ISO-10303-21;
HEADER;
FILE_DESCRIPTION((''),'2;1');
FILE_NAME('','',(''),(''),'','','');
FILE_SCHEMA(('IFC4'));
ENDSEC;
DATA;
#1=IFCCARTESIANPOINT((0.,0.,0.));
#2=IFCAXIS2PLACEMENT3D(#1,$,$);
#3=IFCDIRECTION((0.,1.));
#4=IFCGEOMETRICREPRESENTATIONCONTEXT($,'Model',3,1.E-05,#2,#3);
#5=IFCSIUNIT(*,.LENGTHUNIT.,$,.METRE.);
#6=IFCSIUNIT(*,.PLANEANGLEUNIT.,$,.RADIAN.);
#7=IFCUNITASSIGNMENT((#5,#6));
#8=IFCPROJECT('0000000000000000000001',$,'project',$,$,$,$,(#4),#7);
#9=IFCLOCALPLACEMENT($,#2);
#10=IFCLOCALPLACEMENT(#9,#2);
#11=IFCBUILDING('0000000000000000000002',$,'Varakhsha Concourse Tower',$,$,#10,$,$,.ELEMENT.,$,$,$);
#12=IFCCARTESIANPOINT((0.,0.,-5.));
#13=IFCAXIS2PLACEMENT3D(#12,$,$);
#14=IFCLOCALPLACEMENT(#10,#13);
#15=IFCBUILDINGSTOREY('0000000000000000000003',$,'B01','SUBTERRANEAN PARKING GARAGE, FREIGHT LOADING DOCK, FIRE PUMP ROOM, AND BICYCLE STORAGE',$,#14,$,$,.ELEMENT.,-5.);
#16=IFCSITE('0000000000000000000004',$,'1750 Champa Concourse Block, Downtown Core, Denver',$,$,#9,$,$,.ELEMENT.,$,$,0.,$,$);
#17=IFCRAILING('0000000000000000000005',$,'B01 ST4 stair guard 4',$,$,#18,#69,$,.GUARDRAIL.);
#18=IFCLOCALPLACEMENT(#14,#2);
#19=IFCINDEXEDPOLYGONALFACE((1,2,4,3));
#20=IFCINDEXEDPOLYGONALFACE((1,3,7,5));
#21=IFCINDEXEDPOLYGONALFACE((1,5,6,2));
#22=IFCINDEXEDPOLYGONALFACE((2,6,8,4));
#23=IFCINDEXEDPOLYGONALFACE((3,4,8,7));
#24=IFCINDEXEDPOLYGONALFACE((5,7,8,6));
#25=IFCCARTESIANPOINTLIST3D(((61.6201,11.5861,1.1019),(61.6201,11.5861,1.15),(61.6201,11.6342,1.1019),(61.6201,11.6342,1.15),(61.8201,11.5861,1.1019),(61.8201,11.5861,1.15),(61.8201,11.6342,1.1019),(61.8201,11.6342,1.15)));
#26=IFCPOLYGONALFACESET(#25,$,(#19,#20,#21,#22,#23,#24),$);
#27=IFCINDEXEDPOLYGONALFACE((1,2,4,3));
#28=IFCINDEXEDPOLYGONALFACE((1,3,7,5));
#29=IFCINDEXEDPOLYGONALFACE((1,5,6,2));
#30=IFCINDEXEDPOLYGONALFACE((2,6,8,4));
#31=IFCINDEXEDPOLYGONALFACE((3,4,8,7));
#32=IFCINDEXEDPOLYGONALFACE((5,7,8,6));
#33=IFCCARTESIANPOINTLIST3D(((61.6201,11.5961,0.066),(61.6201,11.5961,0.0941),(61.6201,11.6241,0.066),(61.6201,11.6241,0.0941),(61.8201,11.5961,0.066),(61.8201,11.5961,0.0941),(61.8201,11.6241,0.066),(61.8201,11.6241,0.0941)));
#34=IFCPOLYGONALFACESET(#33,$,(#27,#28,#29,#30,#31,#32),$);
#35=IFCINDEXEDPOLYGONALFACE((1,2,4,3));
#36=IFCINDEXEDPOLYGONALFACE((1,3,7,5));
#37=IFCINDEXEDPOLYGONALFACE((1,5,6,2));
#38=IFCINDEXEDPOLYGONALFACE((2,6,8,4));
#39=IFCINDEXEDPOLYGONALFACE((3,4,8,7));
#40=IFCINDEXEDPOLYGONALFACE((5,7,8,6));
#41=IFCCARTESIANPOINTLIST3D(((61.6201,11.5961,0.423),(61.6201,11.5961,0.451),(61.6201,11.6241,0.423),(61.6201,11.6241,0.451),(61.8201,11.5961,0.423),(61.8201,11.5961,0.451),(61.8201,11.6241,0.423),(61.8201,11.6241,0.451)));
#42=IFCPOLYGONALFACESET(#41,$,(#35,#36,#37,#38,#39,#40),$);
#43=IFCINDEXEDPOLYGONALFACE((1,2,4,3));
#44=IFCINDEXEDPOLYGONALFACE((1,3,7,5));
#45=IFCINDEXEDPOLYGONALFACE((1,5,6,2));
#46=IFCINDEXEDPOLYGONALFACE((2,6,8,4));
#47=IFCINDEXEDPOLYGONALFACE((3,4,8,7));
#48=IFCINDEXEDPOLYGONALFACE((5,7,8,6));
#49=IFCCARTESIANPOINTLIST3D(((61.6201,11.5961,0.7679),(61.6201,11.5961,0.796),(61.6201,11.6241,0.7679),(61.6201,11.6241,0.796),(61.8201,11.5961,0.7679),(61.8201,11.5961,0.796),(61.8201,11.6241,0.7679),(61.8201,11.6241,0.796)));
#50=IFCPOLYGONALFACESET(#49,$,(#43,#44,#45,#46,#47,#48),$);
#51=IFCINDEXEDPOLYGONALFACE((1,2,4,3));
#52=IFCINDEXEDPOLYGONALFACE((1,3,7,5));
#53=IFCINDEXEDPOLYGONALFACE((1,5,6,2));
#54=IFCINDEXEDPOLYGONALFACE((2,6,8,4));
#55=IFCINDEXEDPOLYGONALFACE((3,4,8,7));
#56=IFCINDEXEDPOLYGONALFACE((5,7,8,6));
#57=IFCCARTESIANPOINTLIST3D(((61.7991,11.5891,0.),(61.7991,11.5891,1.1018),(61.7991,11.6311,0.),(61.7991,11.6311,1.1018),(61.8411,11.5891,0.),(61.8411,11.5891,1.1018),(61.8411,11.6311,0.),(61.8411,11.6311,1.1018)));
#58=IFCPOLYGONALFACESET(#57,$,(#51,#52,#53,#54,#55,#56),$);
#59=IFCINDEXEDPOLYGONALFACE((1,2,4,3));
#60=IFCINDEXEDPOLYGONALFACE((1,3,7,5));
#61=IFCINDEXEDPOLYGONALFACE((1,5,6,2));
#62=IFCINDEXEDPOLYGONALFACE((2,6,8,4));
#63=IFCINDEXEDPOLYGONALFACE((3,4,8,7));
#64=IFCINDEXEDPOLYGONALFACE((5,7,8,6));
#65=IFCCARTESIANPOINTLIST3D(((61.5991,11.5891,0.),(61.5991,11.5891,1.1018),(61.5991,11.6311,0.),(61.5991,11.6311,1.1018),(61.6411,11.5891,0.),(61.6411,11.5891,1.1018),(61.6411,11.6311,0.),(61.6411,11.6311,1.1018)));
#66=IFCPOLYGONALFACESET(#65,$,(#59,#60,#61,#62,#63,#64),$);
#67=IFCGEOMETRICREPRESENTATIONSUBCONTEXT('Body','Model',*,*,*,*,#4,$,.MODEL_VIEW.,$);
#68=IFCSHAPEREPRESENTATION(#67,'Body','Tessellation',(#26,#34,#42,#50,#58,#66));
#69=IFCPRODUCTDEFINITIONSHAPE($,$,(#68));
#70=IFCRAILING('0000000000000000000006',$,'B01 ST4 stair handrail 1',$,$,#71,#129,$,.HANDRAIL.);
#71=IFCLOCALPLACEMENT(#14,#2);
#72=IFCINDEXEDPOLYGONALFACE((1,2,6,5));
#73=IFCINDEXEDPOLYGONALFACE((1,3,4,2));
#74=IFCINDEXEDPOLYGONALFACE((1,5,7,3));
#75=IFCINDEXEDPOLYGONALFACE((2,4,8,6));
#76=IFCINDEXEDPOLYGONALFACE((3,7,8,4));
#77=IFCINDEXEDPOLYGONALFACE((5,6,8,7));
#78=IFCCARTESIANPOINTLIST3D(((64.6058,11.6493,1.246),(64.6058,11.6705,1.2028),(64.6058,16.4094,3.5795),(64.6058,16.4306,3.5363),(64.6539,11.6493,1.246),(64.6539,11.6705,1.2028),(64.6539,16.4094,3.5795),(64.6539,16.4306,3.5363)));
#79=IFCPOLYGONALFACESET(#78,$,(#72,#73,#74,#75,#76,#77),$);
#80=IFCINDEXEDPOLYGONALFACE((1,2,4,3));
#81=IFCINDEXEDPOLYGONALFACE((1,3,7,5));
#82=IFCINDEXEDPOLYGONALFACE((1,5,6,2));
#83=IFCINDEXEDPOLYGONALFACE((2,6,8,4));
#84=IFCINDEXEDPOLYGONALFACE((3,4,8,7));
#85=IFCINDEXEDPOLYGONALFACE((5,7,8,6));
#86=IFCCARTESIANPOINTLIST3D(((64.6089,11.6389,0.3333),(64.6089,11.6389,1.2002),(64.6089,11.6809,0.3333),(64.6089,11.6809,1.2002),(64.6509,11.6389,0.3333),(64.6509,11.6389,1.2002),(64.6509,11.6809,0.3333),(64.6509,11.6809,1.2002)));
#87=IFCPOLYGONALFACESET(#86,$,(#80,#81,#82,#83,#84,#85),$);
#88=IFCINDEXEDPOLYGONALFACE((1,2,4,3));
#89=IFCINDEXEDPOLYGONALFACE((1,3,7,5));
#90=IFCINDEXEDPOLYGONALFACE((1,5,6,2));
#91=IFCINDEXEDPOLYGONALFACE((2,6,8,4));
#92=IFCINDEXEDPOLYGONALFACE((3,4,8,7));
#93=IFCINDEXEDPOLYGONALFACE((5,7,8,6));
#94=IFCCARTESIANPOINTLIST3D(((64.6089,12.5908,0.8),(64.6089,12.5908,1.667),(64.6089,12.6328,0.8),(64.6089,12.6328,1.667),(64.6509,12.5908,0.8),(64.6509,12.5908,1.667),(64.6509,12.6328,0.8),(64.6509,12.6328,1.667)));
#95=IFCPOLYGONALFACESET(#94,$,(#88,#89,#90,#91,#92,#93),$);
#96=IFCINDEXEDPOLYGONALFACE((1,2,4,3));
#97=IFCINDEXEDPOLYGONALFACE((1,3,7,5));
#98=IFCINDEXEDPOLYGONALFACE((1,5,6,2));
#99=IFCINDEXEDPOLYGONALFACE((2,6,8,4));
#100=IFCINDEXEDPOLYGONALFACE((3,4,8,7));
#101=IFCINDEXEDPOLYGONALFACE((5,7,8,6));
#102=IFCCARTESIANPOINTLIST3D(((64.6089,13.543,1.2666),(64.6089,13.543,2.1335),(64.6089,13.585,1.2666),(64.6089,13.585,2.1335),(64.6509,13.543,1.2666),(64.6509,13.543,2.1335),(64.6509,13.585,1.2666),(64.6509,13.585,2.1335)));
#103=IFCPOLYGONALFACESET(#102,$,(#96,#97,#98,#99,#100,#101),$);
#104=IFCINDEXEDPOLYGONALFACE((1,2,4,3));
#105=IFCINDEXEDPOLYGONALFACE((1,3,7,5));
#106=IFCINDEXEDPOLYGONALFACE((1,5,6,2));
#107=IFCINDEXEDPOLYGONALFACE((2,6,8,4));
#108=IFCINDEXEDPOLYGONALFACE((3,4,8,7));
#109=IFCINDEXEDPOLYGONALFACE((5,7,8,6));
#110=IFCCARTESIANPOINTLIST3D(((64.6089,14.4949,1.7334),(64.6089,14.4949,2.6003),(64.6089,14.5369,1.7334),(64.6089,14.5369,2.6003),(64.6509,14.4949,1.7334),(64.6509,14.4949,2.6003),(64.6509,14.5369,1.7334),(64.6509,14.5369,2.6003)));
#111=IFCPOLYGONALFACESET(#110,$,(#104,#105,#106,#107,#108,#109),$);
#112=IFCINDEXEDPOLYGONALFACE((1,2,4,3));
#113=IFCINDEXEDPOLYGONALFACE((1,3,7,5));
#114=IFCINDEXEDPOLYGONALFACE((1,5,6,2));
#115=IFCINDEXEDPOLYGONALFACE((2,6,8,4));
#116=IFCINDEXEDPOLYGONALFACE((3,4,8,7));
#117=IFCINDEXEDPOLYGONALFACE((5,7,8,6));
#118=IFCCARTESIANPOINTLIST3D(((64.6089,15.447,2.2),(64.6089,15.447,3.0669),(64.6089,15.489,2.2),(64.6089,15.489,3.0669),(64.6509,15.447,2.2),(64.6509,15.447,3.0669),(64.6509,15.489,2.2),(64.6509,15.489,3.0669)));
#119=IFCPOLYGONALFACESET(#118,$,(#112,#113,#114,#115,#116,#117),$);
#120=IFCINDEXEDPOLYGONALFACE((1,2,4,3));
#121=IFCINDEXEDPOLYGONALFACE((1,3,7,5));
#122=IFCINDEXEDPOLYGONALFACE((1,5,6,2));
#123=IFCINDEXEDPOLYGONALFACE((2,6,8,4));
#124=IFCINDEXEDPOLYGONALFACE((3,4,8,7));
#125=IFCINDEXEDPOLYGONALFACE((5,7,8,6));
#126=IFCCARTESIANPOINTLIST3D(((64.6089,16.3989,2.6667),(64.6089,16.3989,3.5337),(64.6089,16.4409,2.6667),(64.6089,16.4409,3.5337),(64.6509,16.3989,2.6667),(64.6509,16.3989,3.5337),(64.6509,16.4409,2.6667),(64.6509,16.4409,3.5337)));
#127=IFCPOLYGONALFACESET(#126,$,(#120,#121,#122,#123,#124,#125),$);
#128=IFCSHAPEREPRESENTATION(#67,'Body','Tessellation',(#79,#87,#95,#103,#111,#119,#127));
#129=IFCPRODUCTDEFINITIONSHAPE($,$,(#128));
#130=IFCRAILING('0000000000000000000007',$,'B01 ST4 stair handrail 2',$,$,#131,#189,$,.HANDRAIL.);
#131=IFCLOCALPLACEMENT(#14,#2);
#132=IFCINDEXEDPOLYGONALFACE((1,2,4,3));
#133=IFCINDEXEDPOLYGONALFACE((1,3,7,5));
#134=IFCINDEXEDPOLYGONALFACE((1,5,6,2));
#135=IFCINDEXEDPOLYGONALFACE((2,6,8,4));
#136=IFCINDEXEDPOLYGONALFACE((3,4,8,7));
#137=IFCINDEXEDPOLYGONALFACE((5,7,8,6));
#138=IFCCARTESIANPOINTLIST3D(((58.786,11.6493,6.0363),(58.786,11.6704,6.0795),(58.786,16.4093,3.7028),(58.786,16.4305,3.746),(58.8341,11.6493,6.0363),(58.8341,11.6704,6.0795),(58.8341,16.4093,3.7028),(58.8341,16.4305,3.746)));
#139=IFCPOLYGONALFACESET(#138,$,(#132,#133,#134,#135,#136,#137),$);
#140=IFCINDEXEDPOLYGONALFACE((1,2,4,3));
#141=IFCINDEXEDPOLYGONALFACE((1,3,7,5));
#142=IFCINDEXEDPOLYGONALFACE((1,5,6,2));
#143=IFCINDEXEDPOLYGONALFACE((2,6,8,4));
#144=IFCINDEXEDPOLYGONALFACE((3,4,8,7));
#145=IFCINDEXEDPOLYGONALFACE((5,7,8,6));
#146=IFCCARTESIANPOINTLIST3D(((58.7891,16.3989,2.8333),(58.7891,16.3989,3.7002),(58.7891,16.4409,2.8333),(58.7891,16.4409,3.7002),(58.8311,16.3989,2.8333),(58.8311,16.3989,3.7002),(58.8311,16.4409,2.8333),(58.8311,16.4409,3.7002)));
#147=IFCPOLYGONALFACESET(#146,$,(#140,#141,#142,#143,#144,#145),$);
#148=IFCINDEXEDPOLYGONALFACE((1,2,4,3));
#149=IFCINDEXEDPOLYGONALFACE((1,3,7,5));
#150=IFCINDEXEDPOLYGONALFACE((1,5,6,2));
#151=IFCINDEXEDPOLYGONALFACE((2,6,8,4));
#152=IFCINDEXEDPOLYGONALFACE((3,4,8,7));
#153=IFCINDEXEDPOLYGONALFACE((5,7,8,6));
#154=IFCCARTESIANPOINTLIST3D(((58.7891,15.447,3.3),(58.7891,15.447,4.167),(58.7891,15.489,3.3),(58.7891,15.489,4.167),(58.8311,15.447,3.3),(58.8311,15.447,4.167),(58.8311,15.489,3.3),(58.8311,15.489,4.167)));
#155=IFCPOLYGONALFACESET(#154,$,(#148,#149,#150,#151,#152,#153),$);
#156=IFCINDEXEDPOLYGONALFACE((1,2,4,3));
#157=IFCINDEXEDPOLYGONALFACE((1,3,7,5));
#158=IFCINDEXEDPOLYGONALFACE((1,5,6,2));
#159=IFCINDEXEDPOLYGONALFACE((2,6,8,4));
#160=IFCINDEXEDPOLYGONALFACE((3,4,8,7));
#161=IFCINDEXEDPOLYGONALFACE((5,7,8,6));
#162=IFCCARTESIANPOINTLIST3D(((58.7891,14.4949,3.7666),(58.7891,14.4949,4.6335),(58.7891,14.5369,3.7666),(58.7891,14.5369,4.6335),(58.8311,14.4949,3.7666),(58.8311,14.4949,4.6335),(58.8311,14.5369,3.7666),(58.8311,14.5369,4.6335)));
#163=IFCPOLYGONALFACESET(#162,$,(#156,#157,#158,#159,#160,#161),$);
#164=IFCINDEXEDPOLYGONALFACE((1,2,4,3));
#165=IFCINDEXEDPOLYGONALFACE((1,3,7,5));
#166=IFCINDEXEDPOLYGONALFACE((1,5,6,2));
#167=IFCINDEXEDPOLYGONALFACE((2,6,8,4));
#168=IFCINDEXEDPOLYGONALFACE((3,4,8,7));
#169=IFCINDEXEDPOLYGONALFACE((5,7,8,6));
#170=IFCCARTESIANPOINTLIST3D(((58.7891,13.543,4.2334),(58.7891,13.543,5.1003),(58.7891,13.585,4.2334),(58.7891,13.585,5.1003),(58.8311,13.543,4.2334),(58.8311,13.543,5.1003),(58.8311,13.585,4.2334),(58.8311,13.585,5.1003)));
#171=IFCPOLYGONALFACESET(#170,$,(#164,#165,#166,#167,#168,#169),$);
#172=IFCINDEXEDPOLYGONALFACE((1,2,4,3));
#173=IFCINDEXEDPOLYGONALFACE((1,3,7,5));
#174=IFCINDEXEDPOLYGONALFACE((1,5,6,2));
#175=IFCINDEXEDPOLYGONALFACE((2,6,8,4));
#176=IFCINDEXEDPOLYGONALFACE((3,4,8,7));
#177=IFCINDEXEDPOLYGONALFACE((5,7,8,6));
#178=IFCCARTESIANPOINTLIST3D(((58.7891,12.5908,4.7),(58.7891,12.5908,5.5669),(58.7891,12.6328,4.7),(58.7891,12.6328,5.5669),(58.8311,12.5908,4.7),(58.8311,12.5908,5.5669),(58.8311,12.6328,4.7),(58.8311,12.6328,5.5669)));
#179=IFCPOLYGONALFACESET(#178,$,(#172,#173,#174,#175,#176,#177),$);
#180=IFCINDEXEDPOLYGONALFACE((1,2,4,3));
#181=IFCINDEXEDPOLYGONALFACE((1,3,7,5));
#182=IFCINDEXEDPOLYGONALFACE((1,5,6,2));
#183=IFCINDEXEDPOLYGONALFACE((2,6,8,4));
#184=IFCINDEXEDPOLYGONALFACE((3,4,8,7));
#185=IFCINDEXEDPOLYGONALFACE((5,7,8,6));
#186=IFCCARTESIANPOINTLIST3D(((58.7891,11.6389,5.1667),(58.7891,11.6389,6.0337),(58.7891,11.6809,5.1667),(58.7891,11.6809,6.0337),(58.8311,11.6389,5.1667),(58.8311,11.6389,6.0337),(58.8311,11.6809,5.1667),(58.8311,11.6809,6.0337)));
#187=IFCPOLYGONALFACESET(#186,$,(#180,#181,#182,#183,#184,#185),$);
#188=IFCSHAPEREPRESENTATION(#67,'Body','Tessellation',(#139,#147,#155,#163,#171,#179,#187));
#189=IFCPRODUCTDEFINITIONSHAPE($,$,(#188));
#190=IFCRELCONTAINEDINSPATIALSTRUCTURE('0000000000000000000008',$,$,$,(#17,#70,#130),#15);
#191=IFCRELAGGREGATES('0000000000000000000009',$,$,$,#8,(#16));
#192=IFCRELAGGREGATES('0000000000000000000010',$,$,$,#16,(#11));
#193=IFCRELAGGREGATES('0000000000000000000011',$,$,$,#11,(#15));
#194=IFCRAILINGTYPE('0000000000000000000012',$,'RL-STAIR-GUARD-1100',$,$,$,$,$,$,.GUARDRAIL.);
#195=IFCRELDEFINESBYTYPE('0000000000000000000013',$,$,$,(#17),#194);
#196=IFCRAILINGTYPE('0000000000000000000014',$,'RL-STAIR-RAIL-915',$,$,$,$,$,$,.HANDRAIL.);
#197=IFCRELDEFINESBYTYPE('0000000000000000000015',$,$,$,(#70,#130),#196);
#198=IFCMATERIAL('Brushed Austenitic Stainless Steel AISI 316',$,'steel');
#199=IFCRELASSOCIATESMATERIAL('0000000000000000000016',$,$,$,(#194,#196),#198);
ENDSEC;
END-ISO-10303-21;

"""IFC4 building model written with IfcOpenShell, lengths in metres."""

from ifc_helpers import new_model, si_unit, direction, frame, origin, origin_2d, place, context, subcontext, project, spatial, rectangle, extrude, material, type_object, element, save


model = new_model("IFC4")

# Units and contexts
model_context = context("Model", 3, precision=1e-05, world=origin(), true_north=direction((0.0, 1.0)))
body_context = subcontext(model_context, "Body", "Model", "MODEL_VIEW")
ifc_project = project(units=[si_unit("LENGTHUNIT", "METRE"), si_unit("PLANEANGLEUNIT", "RADIAN")], contexts=[model_context])

# Site, building, storey
site_placement = place(None, origin())
site = spatial("IfcSite", under=ifc_project, at=site_placement, Name="1750 Champa Concourse Block, Downtown Core, Denver", CompositionType="ELEMENT", RefElevation=0.0)
building_placement = place(site_placement, origin())
building = spatial("IfcBuilding", under=site, at=building_placement, Name="Varakhsha Concourse Tower", CompositionType="ELEMENT")
storey_placement = place(building_placement, frame((0.0, 0.0, -5.0)))
storey = spatial("IfcBuildingStorey", under=building, at=storey_placement, Name="B01", Description="SUBTERRANEAN PARKING GARAGE, FREIGHT LOADING DOCK, FIRE PUMP ROOM, AND BICYCLE STORAGE", CompositionType="ELEMENT", Elevation=-5.0)

# Railings
ifc_material_1 = material(Name="Brushed Austenitic Stainless Steel AISI 316", Category="steel")
railing_type_1 = type_object("IfcRailingType", Name="RL-STAIR-GUARD-1100", PredefinedType="GUARDRAIL", material=ifc_material_1)
railing_1_placement = place(storey_placement, frame((61.8201, 11.6101, 0.0)))
element("IfcRailing", 1, at=railing_1_placement, inside=storey, type_object=railing_type_1, Name="B01 ST4 stair guard 4", PredefinedType="GUARDRAIL", context=body_context, shape_type="SweptSolid", body=[
    extrude(rectangle(XDim=0.0481, YDim=0.0481, at=origin_2d()), frame((0.0, 0.0, 1.126), z_axis=(-1.0, 0.0, 0.0), x_axis=(0.0, -1.0, 0.0)), (0.0, 0.0, 1.0), 0.2),
    extrude(rectangle(XDim=0.0281, YDim=0.0281, at=origin_2d()), frame((0.0, 0.0, 0.0801), z_axis=(-1.0, 0.0, 0.0), x_axis=(0.0, -1.0, 0.0)), (0.0, 0.0, 1.0), 0.2),
    extrude(rectangle(XDim=0.0281, YDim=0.0281, at=origin_2d()), frame((0.0, 0.0, 0.437), z_axis=(-1.0, 0.0, 0.0), x_axis=(0.0, -1.0, 0.0)), (0.0, 0.0, 1.0), 0.2),
    extrude(rectangle(XDim=0.0281, YDim=0.0281, at=origin_2d()), frame((0.0, 0.0, 0.782), z_axis=(-1.0, 0.0, 0.0), x_axis=(0.0, -1.0, 0.0)), (0.0, 0.0, 1.0), 0.2),
    extrude(rectangle(XDim=0.042, YDim=0.042, at=origin_2d()), origin(), (0.0, 0.0, 1.0), 1.1018),
    extrude(rectangle(XDim=0.042, YDim=0.042, at=origin_2d()), frame((-0.2, 0.0, 0.0)), (0.0, 0.0, 1.0), 1.1018),
])
railing_type_2 = type_object("IfcRailingType", Name="RL-STAIR-RAIL-915", PredefinedType="HANDRAIL", material=ifc_material_1)
railing_2_placement = place(storey_placement, frame((64.6299, 11.6599, 0.3333)))
element("IfcRailing", 2, at=railing_2_placement, inside=storey, type_object=railing_type_2, Name="B01 ST4 stair handrail 1", PredefinedType="HANDRAIL", context=body_context, shape_type="SweptSolid", body=[
    extrude(rectangle(XDim=0.0481, YDim=0.0481, at=origin_2d()), frame((0.0, 0.0, 0.8911), z_axis=(0.0, 0.897909, 0.440181), x_axis=(-1.0, 0.0, 0.0)), (0.0, 0.0, 1.0), 5.3013),
    extrude(rectangle(XDim=0.042, YDim=0.042, at=origin_2d()), origin(), (0.0, 0.0, 1.0), 0.8669),
    extrude(rectangle(XDim=0.042, YDim=0.042, at=origin_2d()), frame((0.0, 0.9519, 0.4668)), (0.0, 0.0, 1.0), 0.8669),
    extrude(rectangle(XDim=0.042, YDim=0.042, at=origin_2d()), frame((0.0, 1.9041, 0.9333)), (0.0, 0.0, 1.0), 0.8669),
    extrude(rectangle(XDim=0.042, YDim=0.042, at=origin_2d()), frame((0.0, 2.856, 1.4001)), (0.0, 0.0, 1.0), 0.8669),
    extrude(rectangle(XDim=0.042, YDim=0.042, at=origin_2d()), frame((0.0, 3.8081, 1.8667)), (0.0, 0.0, 1.0), 0.8669),
    extrude(rectangle(XDim=0.042, YDim=0.042, at=origin_2d()), frame((0.0, 4.76, 2.3335)), (0.0, 0.0, 1.0), 0.8669),
])
railing_3_placement = place(storey_placement, frame((58.8101, 16.4199, 2.8333)))
element("IfcRailing", 3, at=railing_3_placement, inside=storey, type_object=railing_type_2, Name="B01 ST4 stair handrail 2", PredefinedType="HANDRAIL", context=body_context, shape_type="SweptSolid", body=[
    extrude(rectangle(XDim=0.0481, YDim=0.0481, at=origin_2d()), frame((0.0, 0.0, 0.8911), z_axis=(0.0, -0.897909, 0.440181), x_axis=(1.0, 0.0, 0.0)), (0.0, 0.0, 1.0), 5.3013),
    extrude(rectangle(XDim=0.042, YDim=0.042, at=origin_2d()), origin(), (0.0, 0.0, 1.0), 0.8669),
    extrude(rectangle(XDim=0.042, YDim=0.042, at=origin_2d()), frame((0.0, -0.9519, 0.4668)), (0.0, 0.0, 1.0), 0.8669),
    extrude(rectangle(XDim=0.042, YDim=0.042, at=origin_2d()), frame((0.0, -1.9041, 0.9333)), (0.0, 0.0, 1.0), 0.8669),
    extrude(rectangle(XDim=0.042, YDim=0.042, at=origin_2d()), frame((0.0, -2.856, 1.4001)), (0.0, 0.0, 1.0), 0.8669),
    extrude(rectangle(XDim=0.042, YDim=0.042, at=origin_2d()), frame((0.0, -3.8081, 1.8667)), (0.0, 0.0, 1.0), 0.8669),
    extrude(rectangle(XDim=0.042, YDim=0.042, at=origin_2d()), frame((0.0, -4.76, 2.3335)), (0.0, 0.0, 1.0), 0.8669),
])

save(model, "model.ifc")
